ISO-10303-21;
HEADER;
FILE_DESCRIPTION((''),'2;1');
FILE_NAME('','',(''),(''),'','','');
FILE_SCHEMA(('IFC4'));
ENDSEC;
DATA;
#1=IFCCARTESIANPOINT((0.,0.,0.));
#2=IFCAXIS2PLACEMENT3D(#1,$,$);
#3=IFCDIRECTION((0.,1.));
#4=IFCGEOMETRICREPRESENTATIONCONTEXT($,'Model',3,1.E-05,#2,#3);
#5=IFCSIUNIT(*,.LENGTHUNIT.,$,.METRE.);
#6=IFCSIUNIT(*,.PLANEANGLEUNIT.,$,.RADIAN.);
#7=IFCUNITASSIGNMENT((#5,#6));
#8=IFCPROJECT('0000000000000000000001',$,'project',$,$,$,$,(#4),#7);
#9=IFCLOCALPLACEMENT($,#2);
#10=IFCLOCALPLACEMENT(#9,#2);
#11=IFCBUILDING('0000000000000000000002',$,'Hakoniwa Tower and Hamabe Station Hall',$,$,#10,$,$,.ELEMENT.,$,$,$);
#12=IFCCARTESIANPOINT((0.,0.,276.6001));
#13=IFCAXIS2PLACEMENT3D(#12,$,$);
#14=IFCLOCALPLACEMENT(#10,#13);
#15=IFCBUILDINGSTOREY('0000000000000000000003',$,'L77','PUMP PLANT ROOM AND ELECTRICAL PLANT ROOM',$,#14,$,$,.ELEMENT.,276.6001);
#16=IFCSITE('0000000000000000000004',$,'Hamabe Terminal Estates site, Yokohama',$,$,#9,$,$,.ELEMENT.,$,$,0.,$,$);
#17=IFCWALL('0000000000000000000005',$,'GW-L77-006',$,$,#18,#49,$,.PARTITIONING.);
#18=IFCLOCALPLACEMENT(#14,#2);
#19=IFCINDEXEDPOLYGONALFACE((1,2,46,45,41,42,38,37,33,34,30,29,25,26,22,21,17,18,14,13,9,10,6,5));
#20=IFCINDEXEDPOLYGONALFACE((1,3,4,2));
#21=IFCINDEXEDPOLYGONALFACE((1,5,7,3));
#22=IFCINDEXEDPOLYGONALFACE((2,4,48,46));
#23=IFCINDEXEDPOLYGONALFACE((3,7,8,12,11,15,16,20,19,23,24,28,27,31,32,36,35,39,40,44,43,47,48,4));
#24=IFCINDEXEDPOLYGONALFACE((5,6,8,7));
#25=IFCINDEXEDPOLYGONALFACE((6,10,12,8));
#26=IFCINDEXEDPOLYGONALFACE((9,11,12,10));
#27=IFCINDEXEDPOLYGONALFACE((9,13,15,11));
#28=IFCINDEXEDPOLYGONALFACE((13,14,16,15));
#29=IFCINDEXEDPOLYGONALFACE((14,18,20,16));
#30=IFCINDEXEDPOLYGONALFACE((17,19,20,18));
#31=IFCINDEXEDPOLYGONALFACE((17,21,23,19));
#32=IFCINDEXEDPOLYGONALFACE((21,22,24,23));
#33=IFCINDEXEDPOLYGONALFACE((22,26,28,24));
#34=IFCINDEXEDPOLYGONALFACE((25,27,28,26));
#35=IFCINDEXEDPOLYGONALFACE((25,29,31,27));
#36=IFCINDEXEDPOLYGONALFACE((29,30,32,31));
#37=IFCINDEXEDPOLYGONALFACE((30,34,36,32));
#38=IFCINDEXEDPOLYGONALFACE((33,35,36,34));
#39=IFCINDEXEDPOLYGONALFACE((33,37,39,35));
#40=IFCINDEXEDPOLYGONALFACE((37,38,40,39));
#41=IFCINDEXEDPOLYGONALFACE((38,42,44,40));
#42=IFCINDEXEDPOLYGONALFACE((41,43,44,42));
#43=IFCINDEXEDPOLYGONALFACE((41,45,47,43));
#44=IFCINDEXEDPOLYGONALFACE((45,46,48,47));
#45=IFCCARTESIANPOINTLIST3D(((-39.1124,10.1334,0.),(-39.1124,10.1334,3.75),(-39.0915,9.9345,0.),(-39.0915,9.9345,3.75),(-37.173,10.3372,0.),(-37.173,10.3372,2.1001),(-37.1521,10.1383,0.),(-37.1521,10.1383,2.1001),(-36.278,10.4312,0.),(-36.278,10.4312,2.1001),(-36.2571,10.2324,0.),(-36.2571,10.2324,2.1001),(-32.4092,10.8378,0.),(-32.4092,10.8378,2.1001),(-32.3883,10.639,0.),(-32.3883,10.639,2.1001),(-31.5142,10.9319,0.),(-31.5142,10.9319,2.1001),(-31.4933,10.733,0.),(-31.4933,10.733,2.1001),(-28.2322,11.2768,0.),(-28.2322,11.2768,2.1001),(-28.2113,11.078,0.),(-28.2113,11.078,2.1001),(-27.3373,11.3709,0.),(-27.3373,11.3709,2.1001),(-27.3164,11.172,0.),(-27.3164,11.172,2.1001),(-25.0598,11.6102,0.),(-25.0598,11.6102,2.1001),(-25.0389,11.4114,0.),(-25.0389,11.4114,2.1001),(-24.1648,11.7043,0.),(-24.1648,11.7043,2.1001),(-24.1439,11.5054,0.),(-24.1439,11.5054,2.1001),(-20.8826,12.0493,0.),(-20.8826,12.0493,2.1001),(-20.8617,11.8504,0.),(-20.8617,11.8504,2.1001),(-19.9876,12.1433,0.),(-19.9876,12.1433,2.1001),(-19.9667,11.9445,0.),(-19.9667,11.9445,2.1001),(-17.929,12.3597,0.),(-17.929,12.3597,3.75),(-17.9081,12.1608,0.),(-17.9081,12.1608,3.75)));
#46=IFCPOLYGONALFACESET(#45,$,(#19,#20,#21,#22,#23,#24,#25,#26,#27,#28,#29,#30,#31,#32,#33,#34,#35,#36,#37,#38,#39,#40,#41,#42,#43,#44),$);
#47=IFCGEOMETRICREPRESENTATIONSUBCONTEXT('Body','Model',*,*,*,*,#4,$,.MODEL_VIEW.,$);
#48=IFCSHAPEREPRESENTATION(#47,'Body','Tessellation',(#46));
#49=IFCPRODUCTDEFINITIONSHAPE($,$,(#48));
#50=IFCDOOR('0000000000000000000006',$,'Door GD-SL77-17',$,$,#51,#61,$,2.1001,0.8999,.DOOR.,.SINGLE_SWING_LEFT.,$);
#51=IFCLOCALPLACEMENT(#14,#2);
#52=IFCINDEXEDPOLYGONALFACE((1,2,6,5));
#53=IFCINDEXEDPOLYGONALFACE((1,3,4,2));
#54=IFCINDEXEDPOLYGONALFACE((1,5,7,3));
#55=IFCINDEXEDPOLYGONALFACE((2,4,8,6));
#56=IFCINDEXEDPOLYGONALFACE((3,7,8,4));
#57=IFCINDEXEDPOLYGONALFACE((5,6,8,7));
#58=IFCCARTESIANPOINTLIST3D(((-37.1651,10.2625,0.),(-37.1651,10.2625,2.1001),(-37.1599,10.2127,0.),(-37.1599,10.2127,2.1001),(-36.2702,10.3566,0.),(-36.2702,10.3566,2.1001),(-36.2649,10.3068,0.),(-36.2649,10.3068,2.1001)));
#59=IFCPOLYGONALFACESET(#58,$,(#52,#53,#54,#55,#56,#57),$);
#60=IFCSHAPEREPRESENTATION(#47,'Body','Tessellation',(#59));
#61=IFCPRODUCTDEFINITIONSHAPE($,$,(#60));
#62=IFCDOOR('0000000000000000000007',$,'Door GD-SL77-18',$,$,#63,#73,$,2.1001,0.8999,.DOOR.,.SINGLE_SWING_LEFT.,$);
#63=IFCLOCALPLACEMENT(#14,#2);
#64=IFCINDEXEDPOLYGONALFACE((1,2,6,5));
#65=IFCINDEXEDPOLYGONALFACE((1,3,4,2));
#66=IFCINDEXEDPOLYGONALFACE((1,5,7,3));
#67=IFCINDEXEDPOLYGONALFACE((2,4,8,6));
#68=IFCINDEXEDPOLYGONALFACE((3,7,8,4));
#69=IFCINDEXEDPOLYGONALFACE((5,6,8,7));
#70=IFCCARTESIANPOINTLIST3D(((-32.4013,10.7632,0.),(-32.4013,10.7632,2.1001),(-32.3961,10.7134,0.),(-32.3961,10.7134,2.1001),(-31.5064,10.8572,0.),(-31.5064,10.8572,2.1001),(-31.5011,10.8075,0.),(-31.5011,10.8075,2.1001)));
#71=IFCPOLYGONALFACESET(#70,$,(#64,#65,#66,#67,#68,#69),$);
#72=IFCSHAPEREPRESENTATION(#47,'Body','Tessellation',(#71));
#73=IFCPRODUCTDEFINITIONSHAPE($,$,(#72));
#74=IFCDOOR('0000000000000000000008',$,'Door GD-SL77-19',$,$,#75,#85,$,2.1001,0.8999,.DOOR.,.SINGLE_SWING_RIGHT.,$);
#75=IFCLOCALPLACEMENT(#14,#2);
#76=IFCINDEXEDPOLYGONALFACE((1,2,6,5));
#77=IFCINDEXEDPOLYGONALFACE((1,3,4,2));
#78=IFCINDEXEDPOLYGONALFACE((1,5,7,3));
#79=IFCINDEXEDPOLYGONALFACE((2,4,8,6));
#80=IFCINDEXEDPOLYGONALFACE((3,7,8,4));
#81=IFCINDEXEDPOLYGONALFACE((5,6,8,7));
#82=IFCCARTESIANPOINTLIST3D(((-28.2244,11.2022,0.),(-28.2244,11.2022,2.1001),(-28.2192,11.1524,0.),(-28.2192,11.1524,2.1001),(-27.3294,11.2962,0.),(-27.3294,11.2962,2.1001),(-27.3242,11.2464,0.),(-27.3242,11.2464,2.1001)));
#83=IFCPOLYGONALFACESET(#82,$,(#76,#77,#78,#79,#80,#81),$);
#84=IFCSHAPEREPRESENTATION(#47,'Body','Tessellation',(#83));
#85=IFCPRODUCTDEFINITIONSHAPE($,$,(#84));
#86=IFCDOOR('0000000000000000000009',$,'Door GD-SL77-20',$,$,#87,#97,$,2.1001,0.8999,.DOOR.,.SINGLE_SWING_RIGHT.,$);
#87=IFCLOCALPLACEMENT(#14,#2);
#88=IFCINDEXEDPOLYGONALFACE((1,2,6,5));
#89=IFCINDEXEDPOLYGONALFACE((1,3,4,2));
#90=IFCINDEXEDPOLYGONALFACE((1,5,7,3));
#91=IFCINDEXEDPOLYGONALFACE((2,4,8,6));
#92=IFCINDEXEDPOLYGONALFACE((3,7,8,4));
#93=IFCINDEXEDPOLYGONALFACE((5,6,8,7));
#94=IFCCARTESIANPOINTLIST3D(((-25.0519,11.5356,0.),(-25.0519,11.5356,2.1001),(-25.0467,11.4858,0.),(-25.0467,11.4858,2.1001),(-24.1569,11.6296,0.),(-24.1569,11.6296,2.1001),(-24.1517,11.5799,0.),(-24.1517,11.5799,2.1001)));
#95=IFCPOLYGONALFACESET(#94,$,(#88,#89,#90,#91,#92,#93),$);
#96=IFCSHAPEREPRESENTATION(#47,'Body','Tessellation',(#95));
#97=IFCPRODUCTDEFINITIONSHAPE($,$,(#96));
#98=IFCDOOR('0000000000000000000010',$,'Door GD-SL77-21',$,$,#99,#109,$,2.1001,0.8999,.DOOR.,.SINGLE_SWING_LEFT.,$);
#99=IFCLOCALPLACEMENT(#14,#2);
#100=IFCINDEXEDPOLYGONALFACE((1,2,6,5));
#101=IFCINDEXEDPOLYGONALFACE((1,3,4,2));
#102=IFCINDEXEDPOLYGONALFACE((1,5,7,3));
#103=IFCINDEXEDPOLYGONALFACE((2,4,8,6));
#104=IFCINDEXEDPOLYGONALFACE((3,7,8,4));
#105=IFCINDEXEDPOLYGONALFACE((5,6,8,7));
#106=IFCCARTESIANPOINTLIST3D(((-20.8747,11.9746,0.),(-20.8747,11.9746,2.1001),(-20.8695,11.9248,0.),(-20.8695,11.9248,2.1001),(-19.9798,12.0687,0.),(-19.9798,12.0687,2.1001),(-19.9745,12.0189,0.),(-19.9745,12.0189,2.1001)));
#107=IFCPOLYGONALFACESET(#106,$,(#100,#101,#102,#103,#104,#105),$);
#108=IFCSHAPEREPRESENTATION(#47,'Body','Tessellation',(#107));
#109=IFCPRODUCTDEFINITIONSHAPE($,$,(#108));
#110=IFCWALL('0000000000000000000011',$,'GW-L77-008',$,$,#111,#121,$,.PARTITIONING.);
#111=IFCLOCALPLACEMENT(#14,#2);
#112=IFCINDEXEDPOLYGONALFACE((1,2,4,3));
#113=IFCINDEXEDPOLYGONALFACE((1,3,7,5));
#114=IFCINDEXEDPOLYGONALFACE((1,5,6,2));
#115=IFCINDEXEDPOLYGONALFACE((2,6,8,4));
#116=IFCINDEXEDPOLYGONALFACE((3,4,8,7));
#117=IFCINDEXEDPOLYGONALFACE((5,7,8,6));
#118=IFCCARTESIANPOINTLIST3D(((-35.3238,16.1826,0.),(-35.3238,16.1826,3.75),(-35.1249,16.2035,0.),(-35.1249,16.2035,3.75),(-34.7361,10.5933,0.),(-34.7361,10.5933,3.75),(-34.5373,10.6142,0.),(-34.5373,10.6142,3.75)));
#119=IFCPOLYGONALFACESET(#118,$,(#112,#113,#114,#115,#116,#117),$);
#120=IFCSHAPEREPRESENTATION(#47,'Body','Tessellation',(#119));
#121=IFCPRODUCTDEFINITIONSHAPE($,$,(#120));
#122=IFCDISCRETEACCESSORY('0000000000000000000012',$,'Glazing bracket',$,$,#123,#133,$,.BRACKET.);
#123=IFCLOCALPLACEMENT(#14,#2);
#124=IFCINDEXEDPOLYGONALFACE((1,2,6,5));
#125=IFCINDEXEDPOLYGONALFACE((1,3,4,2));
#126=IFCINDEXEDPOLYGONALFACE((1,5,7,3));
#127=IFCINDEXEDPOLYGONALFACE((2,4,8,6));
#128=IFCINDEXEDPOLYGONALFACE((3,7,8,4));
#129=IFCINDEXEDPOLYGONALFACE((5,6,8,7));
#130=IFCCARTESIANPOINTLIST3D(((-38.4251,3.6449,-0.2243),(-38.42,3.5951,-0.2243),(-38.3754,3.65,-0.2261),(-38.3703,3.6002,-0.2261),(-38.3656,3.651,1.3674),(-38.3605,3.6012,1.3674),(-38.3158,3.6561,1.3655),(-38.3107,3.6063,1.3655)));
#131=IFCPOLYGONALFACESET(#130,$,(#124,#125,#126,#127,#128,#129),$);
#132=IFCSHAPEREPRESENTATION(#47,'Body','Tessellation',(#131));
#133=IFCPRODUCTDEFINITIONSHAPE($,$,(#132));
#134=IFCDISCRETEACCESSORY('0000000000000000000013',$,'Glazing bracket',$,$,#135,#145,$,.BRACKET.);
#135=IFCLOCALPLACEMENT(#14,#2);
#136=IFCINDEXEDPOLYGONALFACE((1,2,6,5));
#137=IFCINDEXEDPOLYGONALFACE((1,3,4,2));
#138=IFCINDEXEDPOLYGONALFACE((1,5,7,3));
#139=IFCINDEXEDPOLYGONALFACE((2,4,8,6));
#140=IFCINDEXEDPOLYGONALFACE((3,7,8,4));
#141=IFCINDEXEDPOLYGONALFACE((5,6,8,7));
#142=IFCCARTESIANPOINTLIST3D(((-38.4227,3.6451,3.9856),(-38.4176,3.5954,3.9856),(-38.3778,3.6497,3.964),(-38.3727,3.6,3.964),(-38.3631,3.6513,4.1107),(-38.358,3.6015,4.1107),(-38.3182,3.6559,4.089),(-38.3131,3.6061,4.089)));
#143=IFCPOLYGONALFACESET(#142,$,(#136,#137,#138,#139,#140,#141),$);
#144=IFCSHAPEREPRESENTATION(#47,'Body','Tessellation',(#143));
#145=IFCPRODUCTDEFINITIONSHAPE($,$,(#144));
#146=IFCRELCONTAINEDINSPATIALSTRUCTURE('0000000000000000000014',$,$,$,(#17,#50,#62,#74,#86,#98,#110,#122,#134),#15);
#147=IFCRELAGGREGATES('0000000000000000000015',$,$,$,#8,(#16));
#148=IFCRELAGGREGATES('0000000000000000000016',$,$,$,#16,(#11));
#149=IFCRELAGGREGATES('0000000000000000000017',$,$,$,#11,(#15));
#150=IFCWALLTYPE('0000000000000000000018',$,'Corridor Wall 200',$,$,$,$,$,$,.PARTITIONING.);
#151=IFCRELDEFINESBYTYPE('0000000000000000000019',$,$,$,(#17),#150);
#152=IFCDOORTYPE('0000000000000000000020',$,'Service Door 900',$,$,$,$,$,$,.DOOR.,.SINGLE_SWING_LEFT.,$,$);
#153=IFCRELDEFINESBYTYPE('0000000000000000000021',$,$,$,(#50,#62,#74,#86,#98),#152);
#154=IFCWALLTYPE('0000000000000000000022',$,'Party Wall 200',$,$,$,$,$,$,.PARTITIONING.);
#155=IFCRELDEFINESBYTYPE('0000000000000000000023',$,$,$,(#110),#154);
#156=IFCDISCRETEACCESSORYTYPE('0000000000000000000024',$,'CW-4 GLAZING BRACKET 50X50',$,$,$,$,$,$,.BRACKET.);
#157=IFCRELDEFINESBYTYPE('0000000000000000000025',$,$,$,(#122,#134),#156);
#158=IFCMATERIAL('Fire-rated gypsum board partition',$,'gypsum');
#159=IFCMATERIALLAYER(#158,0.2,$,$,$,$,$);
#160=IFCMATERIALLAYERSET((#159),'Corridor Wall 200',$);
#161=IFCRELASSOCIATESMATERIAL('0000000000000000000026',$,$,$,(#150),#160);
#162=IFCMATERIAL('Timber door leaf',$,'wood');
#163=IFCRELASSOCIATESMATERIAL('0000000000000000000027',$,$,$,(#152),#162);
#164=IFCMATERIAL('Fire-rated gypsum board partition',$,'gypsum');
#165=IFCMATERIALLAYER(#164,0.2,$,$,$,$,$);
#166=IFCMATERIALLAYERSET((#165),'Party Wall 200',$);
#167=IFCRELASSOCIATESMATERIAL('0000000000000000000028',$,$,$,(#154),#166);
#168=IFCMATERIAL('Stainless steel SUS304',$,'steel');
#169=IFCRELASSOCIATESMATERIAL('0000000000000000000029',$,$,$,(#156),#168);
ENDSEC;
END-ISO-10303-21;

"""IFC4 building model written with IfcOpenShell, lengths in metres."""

from ifc_helpers import new_model, si_unit, direction, frame, frame_2d, origin, origin_2d, place, context, subcontext, project, spatial, rectangle, extrude, material, layer, layer_set, material_profile, profile_set, type_object, element, fill, save


model = new_model("IFC4")

# Units and contexts
model_context = context("Model", 3, precision=1e-05, world=origin(), true_north=direction((0.0, 1.0)))
body_context = subcontext(model_context, "Body", "Model", "MODEL_VIEW")
ifc_project = project(units=[si_unit("LENGTHUNIT", "METRE"), si_unit("PLANEANGLEUNIT", "RADIAN")], contexts=[model_context])

# Site, building, storey
site_placement = place(None, origin())
site = spatial("IfcSite", under=ifc_project, at=site_placement, Name="Hamabe Terminal Estates site, Yokohama", CompositionType="ELEMENT", RefElevation=0.0)
building_placement = place(site_placement, origin())
building = spatial("IfcBuilding", under=site, at=building_placement, Name="Hakoniwa Tower and Hamabe Station Hall", CompositionType="ELEMENT")
storey_placement = place(building_placement, frame((0.0, 0.0, 276.6001)))
storey = spatial("IfcBuildingStorey", under=building, at=storey_placement, Name="L77", Description="PUMP PLANT ROOM AND ELECTRICAL PLANT ROOM", CompositionType="ELEMENT", Elevation=276.6001)

# Wall, openings, doors
ifc_material_1 = material(Name="Fire-rated gypsum board partition", Category="gypsum")
ifc_layer_1 = layer(ifc_material_1, 0.2)
ifc_layer_set_1 = layer_set([ifc_layer_1], Name="Corridor Wall 200")
wall_type_1 = type_object("IfcWallType", Name="Corridor Wall 200", PredefinedType="PARTITIONING", material=ifc_layer_set_1)
wall_1_placement = place(storey_placement, frame((-39.1018, 10.0339, 0.0), z_axis=(0.0, 0.0, 1.0), x_axis=(0.994523, 0.104522, 0.0)))
wall_1 = element("IfcWall", 1, at=wall_1_placement, inside=storey, type_object=wall_type_1, Name="GW-L77-006", PredefinedType="PARTITIONING", context=body_context, shape_type="SweptSolid", body=[
    extrude(rectangle(XDim=21.3, YDim=0.2, at=frame_2d((10.6499, 0.0))), origin(), (0.0, 0.0, 1.0), 3.75),
])
opening_1_placement = place(wall_1_placement, frame((1.95, 0.0, 0.0)))
opening_1 = element("IfcOpeningElement", 2, at=opening_1_placement, cuts=wall_1, PredefinedType="OPENING", context=body_context, shape_type="SweptSolid", body=[
    extrude(rectangle(XDim=0.8999, YDim=2.1001, at=frame_2d((0.45, 1.05))), frame((0.0, 0.1099, 0.0), z_axis=(0.0, -1.0, 0.0), x_axis=(1.0, 0.0, 0.0)), (0.0, 0.0, 1.0), 0.22),
])
opening_2_placement = place(wall_1_placement, frame((6.74, 0.0, 0.0)))
opening_2 = element("IfcOpeningElement", 3, at=opening_2_placement, cuts=wall_1, PredefinedType="OPENING", context=body_context, shape_type="SweptSolid", body=[
    extrude(rectangle(XDim=0.8999, YDim=2.1001, at=frame_2d((0.45, 1.05))), frame((0.0, 0.1099, 0.0), z_axis=(0.0, -1.0, 0.0), x_axis=(1.0, 0.0, 0.0)), (0.0, 0.0, 1.0), 0.22),
])
opening_3_placement = place(wall_1_placement, frame((10.9399, 0.0, 0.0)))
opening_3 = element("IfcOpeningElement", 4, at=opening_3_placement, cuts=wall_1, PredefinedType="OPENING", context=body_context, shape_type="SweptSolid", body=[
    extrude(rectangle(XDim=0.8999, YDim=2.1001, at=frame_2d((0.45, 1.05))), frame((0.0, 0.1099, 0.0), z_axis=(0.0, -1.0, 0.0), x_axis=(1.0, 0.0, 0.0)), (0.0, 0.0, 1.0), 0.22),
])
opening_4_placement = place(wall_1_placement, frame((14.1299, 0.0, 0.0)))
opening_4 = element("IfcOpeningElement", 5, at=opening_4_placement, cuts=wall_1, PredefinedType="OPENING", context=body_context, shape_type="SweptSolid", body=[
    extrude(rectangle(XDim=0.8999, YDim=2.1001, at=frame_2d((0.45, 1.05))), frame((0.0, 0.1099, 0.0), z_axis=(0.0, -1.0, 0.0), x_axis=(1.0, 0.0, 0.0)), (0.0, 0.0, 1.0), 0.22),
])
opening_5_placement = place(wall_1_placement, frame((18.3301, 0.0, 0.0)))
opening_5 = element("IfcOpeningElement", 6, at=opening_5_placement, cuts=wall_1, PredefinedType="OPENING", context=body_context, shape_type="SweptSolid", body=[
    extrude(rectangle(XDim=0.8999, YDim=2.1001, at=frame_2d((0.45, 1.05))), frame((0.0, 0.1099, 0.0), z_axis=(0.0, -1.0, 0.0), x_axis=(1.0, 0.0, 0.0)), (0.0, 0.0, 1.0), 0.22),
])
ifc_material_2 = material(Name="Timber door leaf", Category="wood")
door_type_1 = type_object("IfcDoorType", Name="Service Door 900", OperationType="SINGLE_SWING_LEFT", PredefinedType="DOOR", material=ifc_material_2)
door_1_placement = place(opening_1_placement, origin())
door_1 = element("IfcDoor", 7, at=door_1_placement, inside=storey, type_object=door_type_1, Name="Door GD-SL77-17", OperationType="SINGLE_SWING_LEFT", OverallHeight=2.1001, OverallWidth=0.8999, PredefinedType="DOOR", context=body_context, shape_type="SweptSolid", body=[
    extrude(rectangle(XDim=0.8999, YDim=2.1001, at=frame_2d((0.45, 1.05))), frame((0.0, 0.0249, 0.0), z_axis=(0.0, -1.0, 0.0), x_axis=(1.0, 0.0, 0.0)), (0.0, 0.0, 1.0), 0.05),
])
fill(opening_1, door_1)
door_2_placement = place(opening_2_placement, origin())
door_2 = element("IfcDoor", 8, at=door_2_placement, inside=storey, type_object=door_type_1, Name="Door GD-SL77-18", OperationType="SINGLE_SWING_LEFT", OverallHeight=2.1001, OverallWidth=0.8999, PredefinedType="DOOR", context=body_context, shape_type="SweptSolid", body=[
    extrude(rectangle(XDim=0.8999, YDim=2.1001, at=frame_2d((0.45, 1.05))), frame((0.0, 0.0249, 0.0), z_axis=(0.0, -1.0, 0.0), x_axis=(1.0, 0.0, 0.0)), (0.0, 0.0, 1.0), 0.05),
])
fill(opening_2, door_2)
door_3_placement = place(opening_3_placement, origin())
door_3 = element("IfcDoor", 9, at=door_3_placement, inside=storey, type_object=door_type_1, Name="Door GD-SL77-19", OperationType="SINGLE_SWING_RIGHT", OverallHeight=2.1001, OverallWidth=0.8999, PredefinedType="DOOR", context=body_context, shape_type="SweptSolid", body=[
    extrude(rectangle(XDim=0.8999, YDim=2.1001, at=frame_2d((0.45, 1.05))), frame((0.0, 0.0249, 0.0), z_axis=(0.0, -1.0, 0.0), x_axis=(1.0, 0.0, 0.0)), (0.0, 0.0, 1.0), 0.05),
])
fill(opening_3, door_3)
door_4_placement = place(opening_4_placement, origin())
door_4 = element("IfcDoor", 10, at=door_4_placement, inside=storey, type_object=door_type_1, Name="Door GD-SL77-20", OperationType="SINGLE_SWING_RIGHT", OverallHeight=2.1001, OverallWidth=0.8999, PredefinedType="DOOR", context=body_context, shape_type="SweptSolid", body=[
    extrude(rectangle(XDim=0.8999, YDim=2.1001, at=frame_2d((0.45, 1.05))), frame((0.0, 0.0249, 0.0), z_axis=(0.0, -1.0, 0.0), x_axis=(1.0, 0.0, 0.0)), (0.0, 0.0, 1.0), 0.05),
])
fill(opening_4, door_4)
door_5_placement = place(opening_5_placement, origin())
door_5 = element("IfcDoor", 11, at=door_5_placement, inside=storey, type_object=door_type_1, Name="Door GD-SL77-21", OperationType="SINGLE_SWING_LEFT", OverallHeight=2.1001, OverallWidth=0.8999, PredefinedType="DOOR", context=body_context, shape_type="SweptSolid", body=[
    extrude(rectangle(XDim=0.8999, YDim=2.1001, at=frame_2d((0.45, 1.05))), frame((0.0, 0.0249, 0.0), z_axis=(0.0, -1.0, 0.0), x_axis=(1.0, 0.0, 0.0)), (0.0, 0.0, 1.0), 0.05),
])
fill(opening_5, door_5)

# Wall
ifc_material_3 = material(Name="Fire-rated gypsum board partition", Category="gypsum")
ifc_layer_2 = layer(ifc_material_3, 0.2)
ifc_layer_set_2 = layer_set([ifc_layer_2], Name="Party Wall 200")
wall_type_2 = type_object("IfcWallType", Name="Party Wall 200", PredefinedType="PARTITIONING", material=ifc_layer_set_2)
wall_2_placement = place(storey_placement, frame((-34.6367, 10.6038, 0.0), z_axis=(0.0, 0.0, 1.0), x_axis=(-0.10456, 0.994519, 0.0)))
element("IfcWall", 12, at=wall_2_placement, inside=storey, type_object=wall_type_2, Name="GW-L77-008", PredefinedType="PARTITIONING", context=body_context, shape_type="SweptSolid", body=[
    extrude(rectangle(XDim=5.6201, YDim=0.2, at=frame_2d((2.8101, 0.0))), origin(), (0.0, 0.0, 1.0), 3.75),
])

# Discrete accessories
ifc_material_4 = material(Name="Stainless steel SUS304", Category="steel")
ifc_material_profile_1 = material_profile(ifc_material_4, rectangle(XDim=0.05, YDim=0.05, at=origin_2d()), Name="CW-4 GLAZING BRACKET 50X50")
ifc_profile_set_1 = profile_set([ifc_material_profile_1], Name="Stainless steel SUS304")
discrete_accessory_type = type_object("IfcDiscreteAccessoryType", Name="CW-4 GLAZING BRACKET 50X50", PredefinedType="BRACKET", material=ifc_profile_set_1)
discrete_accessory_1_placement = place(storey_placement, frame((-38.3381, 3.6287, 1.3665), z_axis=(-0.037403, -0.003832, -0.999293), x_axis=(0.101925, -0.994792, 0.0)))
element("IfcDiscreteAccessory", 13, at=discrete_accessory_1_placement, inside=storey, type_object=discrete_accessory_type, Name="Glazing bracket", PredefinedType="BRACKET", context=body_context, shape_type="SweptSolid", body=[
    extrude(rectangle(XDim=0.05, YDim=0.05, at=origin_2d()), origin(), (0.0, 0.0, 1.0), 1.5928),
])
discrete_accessory_2_placement = place(storey_placement, frame((-38.3381, 3.6287, 4.0999), z_axis=(-0.42979, -0.044036, -0.901854), x_axis=(0.101925, -0.994792, 0.0)))
element("IfcDiscreteAccessory", 14, at=discrete_accessory_2_placement, inside=storey, type_object=discrete_accessory_type, Name="Glazing bracket", PredefinedType="BRACKET", context=body_context, shape_type="SweptSolid", body=[
    extrude(rectangle(XDim=0.05, YDim=0.05, at=origin_2d()), origin(), (0.0, 0.0, 1.0), 0.1387),
])

save(model, "model.ifc")
